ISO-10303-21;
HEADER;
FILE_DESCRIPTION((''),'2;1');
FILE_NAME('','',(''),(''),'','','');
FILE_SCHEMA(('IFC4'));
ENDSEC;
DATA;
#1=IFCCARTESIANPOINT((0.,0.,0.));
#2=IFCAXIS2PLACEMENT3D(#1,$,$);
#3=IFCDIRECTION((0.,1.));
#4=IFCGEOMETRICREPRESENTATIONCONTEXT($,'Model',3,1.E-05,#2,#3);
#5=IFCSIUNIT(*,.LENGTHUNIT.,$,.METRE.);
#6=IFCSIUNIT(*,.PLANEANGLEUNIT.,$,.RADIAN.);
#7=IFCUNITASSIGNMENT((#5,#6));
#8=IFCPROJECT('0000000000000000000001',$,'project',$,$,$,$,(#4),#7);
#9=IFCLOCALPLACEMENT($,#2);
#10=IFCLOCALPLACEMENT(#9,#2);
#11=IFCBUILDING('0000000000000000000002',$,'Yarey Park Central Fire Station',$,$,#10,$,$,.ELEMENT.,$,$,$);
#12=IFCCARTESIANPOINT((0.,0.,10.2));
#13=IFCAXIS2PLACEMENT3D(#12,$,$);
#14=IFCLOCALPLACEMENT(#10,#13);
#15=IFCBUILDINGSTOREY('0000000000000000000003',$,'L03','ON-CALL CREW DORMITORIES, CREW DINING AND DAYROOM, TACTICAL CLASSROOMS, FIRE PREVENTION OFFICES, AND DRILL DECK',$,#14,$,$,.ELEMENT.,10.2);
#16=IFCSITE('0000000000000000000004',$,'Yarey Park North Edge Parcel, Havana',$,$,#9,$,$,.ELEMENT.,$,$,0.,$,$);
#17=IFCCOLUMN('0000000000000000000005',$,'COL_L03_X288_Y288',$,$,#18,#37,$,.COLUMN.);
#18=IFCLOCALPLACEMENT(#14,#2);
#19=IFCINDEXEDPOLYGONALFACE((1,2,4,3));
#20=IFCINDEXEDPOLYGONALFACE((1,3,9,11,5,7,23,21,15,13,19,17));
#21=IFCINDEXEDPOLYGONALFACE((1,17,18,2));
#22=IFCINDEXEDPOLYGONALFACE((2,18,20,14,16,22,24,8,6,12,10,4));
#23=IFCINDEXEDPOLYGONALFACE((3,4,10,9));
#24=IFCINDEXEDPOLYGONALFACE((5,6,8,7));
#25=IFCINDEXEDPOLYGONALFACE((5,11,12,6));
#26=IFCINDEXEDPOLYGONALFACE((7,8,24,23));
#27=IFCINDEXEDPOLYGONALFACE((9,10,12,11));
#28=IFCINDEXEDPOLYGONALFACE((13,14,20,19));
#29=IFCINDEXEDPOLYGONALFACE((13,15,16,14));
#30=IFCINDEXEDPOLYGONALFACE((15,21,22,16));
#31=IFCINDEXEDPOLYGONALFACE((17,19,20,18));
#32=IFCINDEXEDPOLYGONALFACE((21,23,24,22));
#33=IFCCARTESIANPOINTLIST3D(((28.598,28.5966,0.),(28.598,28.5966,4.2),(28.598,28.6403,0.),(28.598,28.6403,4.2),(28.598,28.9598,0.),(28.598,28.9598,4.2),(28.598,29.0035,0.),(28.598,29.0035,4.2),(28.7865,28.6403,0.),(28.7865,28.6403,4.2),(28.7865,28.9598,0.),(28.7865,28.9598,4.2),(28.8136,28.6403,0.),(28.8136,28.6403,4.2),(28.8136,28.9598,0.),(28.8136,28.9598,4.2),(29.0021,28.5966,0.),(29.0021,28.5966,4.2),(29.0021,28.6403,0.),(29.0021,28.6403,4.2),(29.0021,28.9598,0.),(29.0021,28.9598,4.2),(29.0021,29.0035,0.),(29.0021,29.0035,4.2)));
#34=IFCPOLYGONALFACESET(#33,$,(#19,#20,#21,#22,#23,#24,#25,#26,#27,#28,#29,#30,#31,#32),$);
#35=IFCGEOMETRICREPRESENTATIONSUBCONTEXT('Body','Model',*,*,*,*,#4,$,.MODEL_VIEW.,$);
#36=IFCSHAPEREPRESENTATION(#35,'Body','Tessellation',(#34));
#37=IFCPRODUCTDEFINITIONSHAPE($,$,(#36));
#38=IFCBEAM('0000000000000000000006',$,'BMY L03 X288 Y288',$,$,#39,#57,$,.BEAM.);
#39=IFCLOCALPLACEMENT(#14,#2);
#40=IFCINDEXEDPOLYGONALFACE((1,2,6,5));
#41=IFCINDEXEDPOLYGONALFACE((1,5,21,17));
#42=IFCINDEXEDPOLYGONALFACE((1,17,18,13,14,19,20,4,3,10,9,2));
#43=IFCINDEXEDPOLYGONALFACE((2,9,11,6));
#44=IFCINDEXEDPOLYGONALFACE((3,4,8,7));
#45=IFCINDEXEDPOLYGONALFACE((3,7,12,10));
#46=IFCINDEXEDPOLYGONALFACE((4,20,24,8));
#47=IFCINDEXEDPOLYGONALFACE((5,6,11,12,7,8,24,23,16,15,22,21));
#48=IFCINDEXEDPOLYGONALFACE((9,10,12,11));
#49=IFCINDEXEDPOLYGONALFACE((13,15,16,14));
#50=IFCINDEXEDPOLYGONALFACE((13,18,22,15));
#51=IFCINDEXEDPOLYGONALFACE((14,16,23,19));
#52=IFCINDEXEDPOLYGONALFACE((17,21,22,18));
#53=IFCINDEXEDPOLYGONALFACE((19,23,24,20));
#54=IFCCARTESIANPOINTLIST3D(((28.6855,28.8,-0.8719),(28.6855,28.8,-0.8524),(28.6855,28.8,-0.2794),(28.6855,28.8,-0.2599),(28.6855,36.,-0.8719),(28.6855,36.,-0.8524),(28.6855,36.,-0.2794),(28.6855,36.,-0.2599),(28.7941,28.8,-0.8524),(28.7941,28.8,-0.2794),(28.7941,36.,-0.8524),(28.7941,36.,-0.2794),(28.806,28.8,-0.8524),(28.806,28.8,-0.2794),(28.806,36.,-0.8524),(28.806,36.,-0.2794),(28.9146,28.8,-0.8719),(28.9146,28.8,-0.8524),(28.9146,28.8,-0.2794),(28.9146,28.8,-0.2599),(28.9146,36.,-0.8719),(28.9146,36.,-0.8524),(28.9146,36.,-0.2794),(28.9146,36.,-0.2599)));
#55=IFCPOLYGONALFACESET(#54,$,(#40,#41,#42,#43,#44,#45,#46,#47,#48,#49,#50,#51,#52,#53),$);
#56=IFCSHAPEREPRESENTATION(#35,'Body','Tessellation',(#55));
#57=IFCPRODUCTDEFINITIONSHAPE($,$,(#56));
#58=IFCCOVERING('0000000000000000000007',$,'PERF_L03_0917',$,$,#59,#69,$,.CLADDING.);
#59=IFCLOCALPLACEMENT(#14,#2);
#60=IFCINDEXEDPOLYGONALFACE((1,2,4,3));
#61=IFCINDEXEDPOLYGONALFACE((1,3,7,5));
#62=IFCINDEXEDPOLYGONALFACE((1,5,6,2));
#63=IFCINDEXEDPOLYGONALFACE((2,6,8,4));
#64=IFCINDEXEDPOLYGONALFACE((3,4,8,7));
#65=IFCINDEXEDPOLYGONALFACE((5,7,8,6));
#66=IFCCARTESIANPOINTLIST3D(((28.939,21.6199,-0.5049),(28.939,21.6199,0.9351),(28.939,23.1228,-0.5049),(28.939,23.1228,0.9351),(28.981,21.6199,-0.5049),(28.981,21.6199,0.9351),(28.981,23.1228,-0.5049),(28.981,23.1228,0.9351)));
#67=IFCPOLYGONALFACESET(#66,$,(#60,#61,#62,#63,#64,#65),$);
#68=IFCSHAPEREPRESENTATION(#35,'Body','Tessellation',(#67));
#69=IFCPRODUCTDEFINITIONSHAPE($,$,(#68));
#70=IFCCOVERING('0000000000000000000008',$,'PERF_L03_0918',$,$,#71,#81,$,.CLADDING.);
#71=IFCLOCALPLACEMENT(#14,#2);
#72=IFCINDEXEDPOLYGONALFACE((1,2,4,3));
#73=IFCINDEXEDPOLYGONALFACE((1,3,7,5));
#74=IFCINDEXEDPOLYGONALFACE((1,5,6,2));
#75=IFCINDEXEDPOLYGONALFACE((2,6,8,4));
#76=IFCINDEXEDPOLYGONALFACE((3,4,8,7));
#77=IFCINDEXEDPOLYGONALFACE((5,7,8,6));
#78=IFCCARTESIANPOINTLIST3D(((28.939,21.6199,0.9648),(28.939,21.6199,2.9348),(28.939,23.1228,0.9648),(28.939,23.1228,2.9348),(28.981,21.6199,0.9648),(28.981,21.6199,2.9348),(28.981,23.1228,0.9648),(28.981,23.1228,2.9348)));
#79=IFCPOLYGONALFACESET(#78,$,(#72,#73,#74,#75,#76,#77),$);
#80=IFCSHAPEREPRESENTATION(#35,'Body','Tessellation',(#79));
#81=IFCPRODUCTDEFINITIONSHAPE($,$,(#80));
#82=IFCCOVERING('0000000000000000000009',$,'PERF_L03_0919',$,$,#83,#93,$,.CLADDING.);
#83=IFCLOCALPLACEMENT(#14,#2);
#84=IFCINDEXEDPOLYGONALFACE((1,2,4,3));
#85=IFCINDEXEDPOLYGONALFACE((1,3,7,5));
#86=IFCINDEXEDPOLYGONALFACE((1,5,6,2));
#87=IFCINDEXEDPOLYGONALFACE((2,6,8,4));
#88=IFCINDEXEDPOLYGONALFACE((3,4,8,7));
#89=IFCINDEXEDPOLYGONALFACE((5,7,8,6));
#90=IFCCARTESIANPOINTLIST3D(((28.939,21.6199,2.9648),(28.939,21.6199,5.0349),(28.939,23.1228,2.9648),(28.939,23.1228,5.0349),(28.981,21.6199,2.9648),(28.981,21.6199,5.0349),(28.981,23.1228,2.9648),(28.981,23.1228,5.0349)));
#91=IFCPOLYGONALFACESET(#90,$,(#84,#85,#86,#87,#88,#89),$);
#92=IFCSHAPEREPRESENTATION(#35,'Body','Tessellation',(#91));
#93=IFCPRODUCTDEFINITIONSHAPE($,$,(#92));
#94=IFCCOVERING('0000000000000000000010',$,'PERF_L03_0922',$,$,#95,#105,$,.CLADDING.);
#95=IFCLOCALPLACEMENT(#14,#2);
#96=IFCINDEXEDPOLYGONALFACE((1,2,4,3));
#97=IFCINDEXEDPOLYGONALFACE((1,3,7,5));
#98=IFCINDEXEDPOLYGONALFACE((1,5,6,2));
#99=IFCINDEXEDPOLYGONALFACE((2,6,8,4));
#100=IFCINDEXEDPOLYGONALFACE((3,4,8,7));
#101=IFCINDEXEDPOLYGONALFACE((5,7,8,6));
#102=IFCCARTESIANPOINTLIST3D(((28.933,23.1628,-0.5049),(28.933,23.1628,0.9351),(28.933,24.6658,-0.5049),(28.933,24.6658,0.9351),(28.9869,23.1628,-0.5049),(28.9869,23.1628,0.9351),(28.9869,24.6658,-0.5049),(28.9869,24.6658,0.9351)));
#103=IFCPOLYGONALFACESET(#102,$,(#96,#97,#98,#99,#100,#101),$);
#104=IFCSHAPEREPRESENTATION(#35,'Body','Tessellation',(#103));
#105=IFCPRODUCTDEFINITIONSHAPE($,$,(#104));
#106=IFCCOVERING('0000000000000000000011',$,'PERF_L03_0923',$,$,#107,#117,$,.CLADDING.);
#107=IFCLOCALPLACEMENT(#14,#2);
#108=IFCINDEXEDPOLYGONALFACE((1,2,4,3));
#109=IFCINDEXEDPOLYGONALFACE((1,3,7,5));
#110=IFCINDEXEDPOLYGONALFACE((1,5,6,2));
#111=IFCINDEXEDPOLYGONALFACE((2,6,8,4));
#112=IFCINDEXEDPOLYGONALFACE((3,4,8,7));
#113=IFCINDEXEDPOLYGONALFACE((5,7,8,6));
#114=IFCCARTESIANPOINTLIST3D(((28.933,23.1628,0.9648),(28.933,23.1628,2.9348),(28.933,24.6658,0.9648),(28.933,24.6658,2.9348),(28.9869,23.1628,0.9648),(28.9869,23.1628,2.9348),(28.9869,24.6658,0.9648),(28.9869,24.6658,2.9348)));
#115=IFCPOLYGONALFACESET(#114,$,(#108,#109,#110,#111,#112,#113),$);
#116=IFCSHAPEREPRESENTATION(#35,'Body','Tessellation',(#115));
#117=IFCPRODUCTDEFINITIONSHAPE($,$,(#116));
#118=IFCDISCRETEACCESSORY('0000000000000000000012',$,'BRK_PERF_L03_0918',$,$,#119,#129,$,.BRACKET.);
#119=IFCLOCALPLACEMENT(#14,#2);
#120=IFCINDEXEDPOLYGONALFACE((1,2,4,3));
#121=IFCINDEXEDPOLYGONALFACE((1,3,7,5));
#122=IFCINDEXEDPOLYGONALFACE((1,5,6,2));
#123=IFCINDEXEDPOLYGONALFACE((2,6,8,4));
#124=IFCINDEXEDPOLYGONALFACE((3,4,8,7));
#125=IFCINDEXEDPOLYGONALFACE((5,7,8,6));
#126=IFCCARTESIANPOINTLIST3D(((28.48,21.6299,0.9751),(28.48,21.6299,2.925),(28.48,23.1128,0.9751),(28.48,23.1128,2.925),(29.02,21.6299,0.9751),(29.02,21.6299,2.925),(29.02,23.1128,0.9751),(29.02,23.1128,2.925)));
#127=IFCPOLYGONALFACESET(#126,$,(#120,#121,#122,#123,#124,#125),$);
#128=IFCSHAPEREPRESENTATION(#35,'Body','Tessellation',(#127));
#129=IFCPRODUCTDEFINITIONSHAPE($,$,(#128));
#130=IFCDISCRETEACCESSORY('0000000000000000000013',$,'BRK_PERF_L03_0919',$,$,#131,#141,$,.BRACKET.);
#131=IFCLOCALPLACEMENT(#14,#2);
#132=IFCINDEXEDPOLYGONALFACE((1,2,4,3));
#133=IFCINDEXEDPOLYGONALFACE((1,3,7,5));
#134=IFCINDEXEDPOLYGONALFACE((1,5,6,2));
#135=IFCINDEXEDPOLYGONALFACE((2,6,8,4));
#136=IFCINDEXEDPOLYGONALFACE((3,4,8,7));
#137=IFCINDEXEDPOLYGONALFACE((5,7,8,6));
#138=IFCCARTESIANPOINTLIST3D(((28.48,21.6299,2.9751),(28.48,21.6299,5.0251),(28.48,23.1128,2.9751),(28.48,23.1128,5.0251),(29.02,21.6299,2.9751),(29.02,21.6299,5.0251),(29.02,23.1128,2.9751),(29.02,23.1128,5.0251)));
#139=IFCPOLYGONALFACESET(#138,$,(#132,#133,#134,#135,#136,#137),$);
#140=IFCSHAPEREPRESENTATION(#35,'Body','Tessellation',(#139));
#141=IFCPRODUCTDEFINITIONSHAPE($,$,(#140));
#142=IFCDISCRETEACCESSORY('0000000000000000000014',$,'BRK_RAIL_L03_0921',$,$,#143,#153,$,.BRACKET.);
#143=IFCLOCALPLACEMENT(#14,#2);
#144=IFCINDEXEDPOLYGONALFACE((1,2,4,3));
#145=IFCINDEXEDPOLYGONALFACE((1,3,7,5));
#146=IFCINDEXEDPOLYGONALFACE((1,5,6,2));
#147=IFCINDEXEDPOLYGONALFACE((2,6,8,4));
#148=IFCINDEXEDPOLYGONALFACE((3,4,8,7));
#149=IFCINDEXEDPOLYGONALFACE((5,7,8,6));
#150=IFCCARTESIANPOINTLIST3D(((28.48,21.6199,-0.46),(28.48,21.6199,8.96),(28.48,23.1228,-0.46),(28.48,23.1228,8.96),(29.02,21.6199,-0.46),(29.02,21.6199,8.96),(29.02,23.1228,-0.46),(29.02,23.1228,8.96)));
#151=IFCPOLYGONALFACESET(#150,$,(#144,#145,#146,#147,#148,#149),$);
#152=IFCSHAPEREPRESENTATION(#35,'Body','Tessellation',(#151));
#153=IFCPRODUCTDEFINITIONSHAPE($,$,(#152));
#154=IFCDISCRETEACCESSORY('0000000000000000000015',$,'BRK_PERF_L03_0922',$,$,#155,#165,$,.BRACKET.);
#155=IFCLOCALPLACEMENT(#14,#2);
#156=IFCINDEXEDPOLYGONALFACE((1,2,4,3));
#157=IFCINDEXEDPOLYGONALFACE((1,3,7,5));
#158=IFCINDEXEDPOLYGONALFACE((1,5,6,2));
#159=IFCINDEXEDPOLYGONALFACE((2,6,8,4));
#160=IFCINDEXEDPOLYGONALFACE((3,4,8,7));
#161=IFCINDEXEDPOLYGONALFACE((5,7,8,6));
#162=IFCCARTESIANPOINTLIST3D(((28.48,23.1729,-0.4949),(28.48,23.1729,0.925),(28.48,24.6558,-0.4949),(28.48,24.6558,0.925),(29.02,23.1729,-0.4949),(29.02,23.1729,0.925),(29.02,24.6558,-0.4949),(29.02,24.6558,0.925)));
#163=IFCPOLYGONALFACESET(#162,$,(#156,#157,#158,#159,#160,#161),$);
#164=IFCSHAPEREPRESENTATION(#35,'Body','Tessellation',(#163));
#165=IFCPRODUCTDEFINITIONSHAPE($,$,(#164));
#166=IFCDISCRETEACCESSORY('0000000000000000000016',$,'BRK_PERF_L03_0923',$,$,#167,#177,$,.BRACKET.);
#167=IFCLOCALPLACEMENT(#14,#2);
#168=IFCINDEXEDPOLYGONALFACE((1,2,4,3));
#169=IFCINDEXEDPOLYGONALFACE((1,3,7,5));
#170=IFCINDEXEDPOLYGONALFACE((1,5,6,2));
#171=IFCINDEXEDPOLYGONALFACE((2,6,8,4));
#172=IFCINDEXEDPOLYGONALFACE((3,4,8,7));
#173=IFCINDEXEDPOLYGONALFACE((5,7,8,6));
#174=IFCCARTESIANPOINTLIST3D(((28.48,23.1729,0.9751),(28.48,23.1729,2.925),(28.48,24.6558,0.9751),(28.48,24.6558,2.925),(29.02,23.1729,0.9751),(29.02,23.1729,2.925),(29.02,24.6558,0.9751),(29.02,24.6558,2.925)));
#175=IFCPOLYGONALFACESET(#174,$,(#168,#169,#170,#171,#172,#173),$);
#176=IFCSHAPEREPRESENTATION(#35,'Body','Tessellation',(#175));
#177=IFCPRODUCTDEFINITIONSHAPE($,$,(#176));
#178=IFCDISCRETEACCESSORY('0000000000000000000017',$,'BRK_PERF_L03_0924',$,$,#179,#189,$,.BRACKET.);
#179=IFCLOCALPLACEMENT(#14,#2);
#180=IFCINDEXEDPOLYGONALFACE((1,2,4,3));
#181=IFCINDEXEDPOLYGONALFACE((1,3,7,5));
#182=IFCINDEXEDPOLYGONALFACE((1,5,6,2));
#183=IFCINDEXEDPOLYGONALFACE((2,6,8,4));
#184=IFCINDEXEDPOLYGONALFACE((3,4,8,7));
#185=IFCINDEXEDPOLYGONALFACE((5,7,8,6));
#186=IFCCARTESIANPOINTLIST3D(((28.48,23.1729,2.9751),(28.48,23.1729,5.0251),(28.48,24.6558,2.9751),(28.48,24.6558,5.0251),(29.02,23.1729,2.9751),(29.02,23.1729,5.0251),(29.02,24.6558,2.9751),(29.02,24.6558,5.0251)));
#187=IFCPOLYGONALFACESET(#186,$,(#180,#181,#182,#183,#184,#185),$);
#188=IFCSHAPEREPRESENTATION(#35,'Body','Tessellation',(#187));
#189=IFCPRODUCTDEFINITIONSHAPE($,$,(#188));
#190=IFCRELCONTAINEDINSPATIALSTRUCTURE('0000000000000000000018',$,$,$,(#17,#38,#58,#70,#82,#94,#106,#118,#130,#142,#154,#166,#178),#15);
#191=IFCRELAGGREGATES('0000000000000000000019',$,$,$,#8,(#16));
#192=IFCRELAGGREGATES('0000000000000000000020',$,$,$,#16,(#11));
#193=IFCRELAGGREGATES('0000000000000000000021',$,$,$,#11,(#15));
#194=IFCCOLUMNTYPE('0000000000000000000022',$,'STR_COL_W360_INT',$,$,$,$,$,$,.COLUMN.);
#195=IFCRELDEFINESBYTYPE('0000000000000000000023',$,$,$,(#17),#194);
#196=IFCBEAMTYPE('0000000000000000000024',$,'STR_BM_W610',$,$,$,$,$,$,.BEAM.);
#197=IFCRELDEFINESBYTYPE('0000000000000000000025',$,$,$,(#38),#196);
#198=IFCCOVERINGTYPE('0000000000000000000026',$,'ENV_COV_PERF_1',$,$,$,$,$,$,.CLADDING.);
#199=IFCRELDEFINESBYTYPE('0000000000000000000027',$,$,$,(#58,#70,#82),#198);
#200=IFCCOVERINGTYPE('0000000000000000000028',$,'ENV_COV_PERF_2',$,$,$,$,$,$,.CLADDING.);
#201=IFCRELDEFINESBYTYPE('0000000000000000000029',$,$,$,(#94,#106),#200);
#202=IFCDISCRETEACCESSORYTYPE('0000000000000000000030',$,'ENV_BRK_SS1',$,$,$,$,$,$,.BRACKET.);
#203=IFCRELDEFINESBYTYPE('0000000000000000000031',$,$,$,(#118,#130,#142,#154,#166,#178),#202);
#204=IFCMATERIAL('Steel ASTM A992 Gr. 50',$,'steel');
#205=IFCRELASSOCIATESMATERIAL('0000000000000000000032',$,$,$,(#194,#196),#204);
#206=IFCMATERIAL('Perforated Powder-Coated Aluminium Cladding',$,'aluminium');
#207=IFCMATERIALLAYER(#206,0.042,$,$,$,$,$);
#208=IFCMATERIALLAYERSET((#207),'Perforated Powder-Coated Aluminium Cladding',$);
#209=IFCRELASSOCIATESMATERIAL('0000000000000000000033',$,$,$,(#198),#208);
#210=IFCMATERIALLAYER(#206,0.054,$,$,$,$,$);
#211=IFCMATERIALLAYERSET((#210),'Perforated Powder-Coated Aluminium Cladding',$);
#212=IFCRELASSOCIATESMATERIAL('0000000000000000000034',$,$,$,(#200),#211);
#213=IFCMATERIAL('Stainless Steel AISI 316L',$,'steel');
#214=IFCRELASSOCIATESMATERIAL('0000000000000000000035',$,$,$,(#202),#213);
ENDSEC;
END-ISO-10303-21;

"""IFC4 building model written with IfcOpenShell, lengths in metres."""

from ifc_helpers import new_model, si_unit, direction, frame, origin, origin_2d, place, context, subcontext, project, spatial, rectangle, i_section, extrude, material, layer, layer_set, material_profile, profile_set, type_object, element, save


model = new_model("IFC4")

# Units and contexts
model_context = context("Model", 3, precision=1e-05, world=origin(), true_north=direction((0.0, 1.0)))
body_context = subcontext(model_context, "Body", "Model", "MODEL_VIEW")
ifc_project = project(units=[si_unit("LENGTHUNIT", "METRE"), si_unit("PLANEANGLEUNIT", "RADIAN")], contexts=[model_context])

# Site, building, storey
site_placement = place(None, origin())
site = spatial("IfcSite", under=ifc_project, at=site_placement, Name="Yarey Park North Edge Parcel, Havana", CompositionType="ELEMENT", RefElevation=0.0)
building_placement = place(site_placement, origin())
building = spatial("IfcBuilding", under=site, at=building_placement, Name="Yarey Park Central Fire Station", CompositionType="ELEMENT")
storey_placement = place(building_placement, frame((0.0, 0.0, 10.2)))
storey = spatial("IfcBuildingStorey", under=building, at=storey_placement, Name="L03", Description="ON-CALL CREW DORMITORIES, CREW DINING AND DAYROOM, TACTICAL CLASSROOMS, FIRE PREVENTION OFFICES, AND DRILL DECK", CompositionType="ELEMENT", Elevation=10.2)

# Column
ifc_material_1 = material(Name="Steel ASTM A992 Gr. 50", Category="steel")
ifc_material_profile_1 = material_profile(ifc_material_1, i_section(OverallWidth=0.4041, OverallDepth=0.407, WebThickness=0.0271, FlangeThickness=0.0437, at=origin_2d()), Name="W360x347")
ifc_profile_set_1 = profile_set([ifc_material_profile_1], Name="Steel ASTM A992 Gr. 50")
column_type = type_object("IfcColumnType", Name="STR_COL_W360_INT", PredefinedType="COLUMN", material=ifc_profile_set_1)
column_placement = place(storey_placement, frame((28.8, 28.8, 0.0), z_axis=(0.0, 0.0, 1.0), x_axis=(1.0, 0.0, 0.0)))
element("IfcColumn", 1, at=column_placement, inside=storey, type_object=column_type, Name="COL_L03_X288_Y288", PredefinedType="COLUMN", context=body_context, shape_type="SweptSolid", body=[
    extrude(i_section(OverallWidth=0.4041, OverallDepth=0.407, WebThickness=0.0271, FlangeThickness=0.0437, at=origin_2d()), origin(), (0.0, 0.0, 1.0), 4.2),
])

# Beam
ifc_material_profile_2 = material_profile(ifc_material_1, i_section(OverallWidth=0.229, OverallDepth=0.6121, WebThickness=0.012, FlangeThickness=0.0195, at=origin_2d()), Name="W610x125")
ifc_profile_set_2 = profile_set([ifc_material_profile_2], Name="Steel ASTM A992 Gr. 50")
beam_type = type_object("IfcBeamType", Name="STR_BM_W610", PredefinedType="BEAM", material=ifc_profile_set_2)
beam_placement = place(storey_placement, frame((28.8, 28.8, -0.5659), z_axis=(0.0, 1.0, 0.0), x_axis=(-1.0, 0.0, 0.0)))
element("IfcBeam", 2, at=beam_placement, inside=storey, type_object=beam_type, Name="BMY L03 X288 Y288", PredefinedType="BEAM", context=body_context, shape_type="SweptSolid", body=[
    extrude(i_section(OverallWidth=0.229, OverallDepth=0.6121, WebThickness=0.012, FlangeThickness=0.0195, at=origin_2d()), origin(), (0.0, 0.0, 1.0), 7.2),
])

# Coverings
ifc_material_2 = material(Name="Perforated Powder-Coated Aluminium Cladding", Category="aluminium")
ifc_layer_1 = layer(ifc_material_2, 0.042)
ifc_layer_set_1 = layer_set([ifc_layer_1], Name="Perforated Powder-Coated Aluminium Cladding")
covering_type_1 = type_object("IfcCoveringType", Name="ENV_COV_PERF_1", PredefinedType="CLADDING", material=ifc_layer_set_1)
covering_1_placement = place(storey_placement, frame((28.96, 22.3713, -0.5049), z_axis=(0.0, 0.0, 1.0), x_axis=(0.0, 1.0, 0.0)))
element("IfcCovering", 3, at=covering_1_placement, inside=storey, type_object=covering_type_1, Name="PERF_L03_0917", PredefinedType="CLADDING", context=body_context, shape_type="SweptSolid", body=[
    extrude(rectangle(XDim=1.5029, YDim=0.042, at=origin_2d()), origin(), (0.0, 0.0, 1.0), 1.4399),
])
covering_2_placement = place(storey_placement, frame((28.96, 22.3713, 0.9648), z_axis=(0.0, 0.0, 1.0), x_axis=(0.0, 1.0, 0.0)))
element("IfcCovering", 4, at=covering_2_placement, inside=storey, type_object=covering_type_1, Name="PERF_L03_0918", PredefinedType="CLADDING", context=body_context, shape_type="SweptSolid", body=[
    extrude(rectangle(XDim=1.5029, YDim=0.042, at=origin_2d()), origin(), (0.0, 0.0, 1.0), 1.97),
])
covering_3_placement = place(storey_placement, frame((28.96, 22.3713, 2.9648), z_axis=(0.0, 0.0, 1.0), x_axis=(0.0, 1.0, 0.0)))
element("IfcCovering", 5, at=covering_3_placement, inside=storey, type_object=covering_type_1, Name="PERF_L03_0919", PredefinedType="CLADDING", context=body_context, shape_type="SweptSolid", body=[
    extrude(rectangle(XDim=1.5029, YDim=0.042, at=origin_2d()), origin(), (0.0, 0.0, 1.0), 2.0701),
])
ifc_layer_2 = layer(ifc_material_2, 0.054)
ifc_layer_set_2 = layer_set([ifc_layer_2], Name="Perforated Powder-Coated Aluminium Cladding")
covering_type_2 = type_object("IfcCoveringType", Name="ENV_COV_PERF_2", PredefinedType="CLADDING", material=ifc_layer_set_2)
covering_4_placement = place(storey_placement, frame((28.96, 23.9143, -0.5049), z_axis=(0.0, 0.0, 1.0), x_axis=(0.0, 1.0, 0.0)))
element("IfcCovering", 6, at=covering_4_placement, inside=storey, type_object=covering_type_2, Name="PERF_L03_0922", PredefinedType="CLADDING", context=body_context, shape_type="SweptSolid", body=[
    extrude(rectangle(XDim=1.5029, YDim=0.054, at=origin_2d()), origin(), (0.0, 0.0, 1.0), 1.4399),
])
covering_5_placement = place(storey_placement, frame((28.96, 23.9143, 0.9648), z_axis=(0.0, 0.0, 1.0), x_axis=(0.0, 1.0, 0.0)))
element("IfcCovering", 7, at=covering_5_placement, inside=storey, type_object=covering_type_2, Name="PERF_L03_0923", PredefinedType="CLADDING", context=body_context, shape_type="SweptSolid", body=[
    extrude(rectangle(XDim=1.5029, YDim=0.054, at=origin_2d()), origin(), (0.0, 0.0, 1.0), 1.97),
])

# Discrete accessories
ifc_material_3 = material(Name="Stainless Steel AISI 316L", Category="steel")
discrete_accessory_type = type_object("IfcDiscreteAccessoryType", Name="ENV_BRK_SS1", PredefinedType="BRACKET", material=ifc_material_3)
discrete_accessory_1_placement = place(storey_placement, frame((28.75, 22.3713, 0.9751), z_axis=(0.0, 0.0, 1.0), x_axis=(1.0, 0.0, 0.0)))
element("IfcDiscreteAccessory", 8, at=discrete_accessory_1_placement, inside=storey, type_object=discrete_accessory_type, Name="BRK_PERF_L03_0918", PredefinedType="BRACKET", context=body_context, shape_type="SweptSolid", body=[
    extrude(rectangle(XDim=0.54, YDim=1.4829, at=origin_2d()), origin(), (0.0, 0.0, 1.0), 1.95),
])
discrete_accessory_2_placement = place(storey_placement, frame((28.75, 22.3713, 2.9751), z_axis=(0.0, 0.0, 1.0), x_axis=(1.0, 0.0, 0.0)))
element("IfcDiscreteAccessory", 9, at=discrete_accessory_2_placement, inside=storey, type_object=discrete_accessory_type, Name="BRK_PERF_L03_0919", PredefinedType="BRACKET", context=body_context, shape_type="SweptSolid", body=[
    extrude(rectangle(XDim=0.54, YDim=1.4829, at=origin_2d()), origin(), (0.0, 0.0, 1.0), 2.05),
])
discrete_accessory_3_placement = place(storey_placement, frame((28.75, 22.3713, -0.46), z_axis=(0.0, 0.0, 1.0), x_axis=(1.0, 0.0, 0.0)))
element("IfcDiscreteAccessory", 10, at=discrete_accessory_3_placement, inside=storey, type_object=discrete_accessory_type, Name="BRK_RAIL_L03_0921", PredefinedType="BRACKET", context=body_context, shape_type="SweptSolid", body=[
    extrude(rectangle(XDim=0.54, YDim=1.5029, at=origin_2d()), origin(), (0.0, 0.0, 1.0), 9.4199),
])
discrete_accessory_4_placement = place(storey_placement, frame((28.75, 23.9143, -0.4949), z_axis=(0.0, 0.0, 1.0), x_axis=(1.0, 0.0, 0.0)))
element("IfcDiscreteAccessory", 11, at=discrete_accessory_4_placement, inside=storey, type_object=discrete_accessory_type, Name="BRK_PERF_L03_0922", PredefinedType="BRACKET", context=body_context, shape_type="SweptSolid", body=[
    extrude(rectangle(XDim=0.54, YDim=1.4829, at=origin_2d()), origin(), (0.0, 0.0, 1.0), 1.4199),
])
discrete_accessory_5_placement = place(storey_placement, frame((28.75, 23.9143, 0.9751), z_axis=(0.0, 0.0, 1.0), x_axis=(1.0, 0.0, 0.0)))
element("IfcDiscreteAccessory", 12, at=discrete_accessory_5_placement, inside=storey, type_object=discrete_accessory_type, Name="BRK_PERF_L03_0923", PredefinedType="BRACKET", context=body_context, shape_type="SweptSolid", body=[
    extrude(rectangle(XDim=0.54, YDim=1.4829, at=origin_2d()), origin(), (0.0, 0.0, 1.0), 1.95),
])
discrete_accessory_6_placement = place(storey_placement, frame((28.75, 23.9143, 2.9751), z_axis=(0.0, 0.0, 1.0), x_axis=(1.0, 0.0, 0.0)))
element("IfcDiscreteAccessory", 13, at=discrete_accessory_6_placement, inside=storey, type_object=discrete_accessory_type, Name="BRK_PERF_L03_0924", PredefinedType="BRACKET", context=body_context, shape_type="SweptSolid", body=[
    extrude(rectangle(XDim=0.54, YDim=1.4829, at=origin_2d()), origin(), (0.0, 0.0, 1.0), 2.05),
])

save(model, "model.ifc")
